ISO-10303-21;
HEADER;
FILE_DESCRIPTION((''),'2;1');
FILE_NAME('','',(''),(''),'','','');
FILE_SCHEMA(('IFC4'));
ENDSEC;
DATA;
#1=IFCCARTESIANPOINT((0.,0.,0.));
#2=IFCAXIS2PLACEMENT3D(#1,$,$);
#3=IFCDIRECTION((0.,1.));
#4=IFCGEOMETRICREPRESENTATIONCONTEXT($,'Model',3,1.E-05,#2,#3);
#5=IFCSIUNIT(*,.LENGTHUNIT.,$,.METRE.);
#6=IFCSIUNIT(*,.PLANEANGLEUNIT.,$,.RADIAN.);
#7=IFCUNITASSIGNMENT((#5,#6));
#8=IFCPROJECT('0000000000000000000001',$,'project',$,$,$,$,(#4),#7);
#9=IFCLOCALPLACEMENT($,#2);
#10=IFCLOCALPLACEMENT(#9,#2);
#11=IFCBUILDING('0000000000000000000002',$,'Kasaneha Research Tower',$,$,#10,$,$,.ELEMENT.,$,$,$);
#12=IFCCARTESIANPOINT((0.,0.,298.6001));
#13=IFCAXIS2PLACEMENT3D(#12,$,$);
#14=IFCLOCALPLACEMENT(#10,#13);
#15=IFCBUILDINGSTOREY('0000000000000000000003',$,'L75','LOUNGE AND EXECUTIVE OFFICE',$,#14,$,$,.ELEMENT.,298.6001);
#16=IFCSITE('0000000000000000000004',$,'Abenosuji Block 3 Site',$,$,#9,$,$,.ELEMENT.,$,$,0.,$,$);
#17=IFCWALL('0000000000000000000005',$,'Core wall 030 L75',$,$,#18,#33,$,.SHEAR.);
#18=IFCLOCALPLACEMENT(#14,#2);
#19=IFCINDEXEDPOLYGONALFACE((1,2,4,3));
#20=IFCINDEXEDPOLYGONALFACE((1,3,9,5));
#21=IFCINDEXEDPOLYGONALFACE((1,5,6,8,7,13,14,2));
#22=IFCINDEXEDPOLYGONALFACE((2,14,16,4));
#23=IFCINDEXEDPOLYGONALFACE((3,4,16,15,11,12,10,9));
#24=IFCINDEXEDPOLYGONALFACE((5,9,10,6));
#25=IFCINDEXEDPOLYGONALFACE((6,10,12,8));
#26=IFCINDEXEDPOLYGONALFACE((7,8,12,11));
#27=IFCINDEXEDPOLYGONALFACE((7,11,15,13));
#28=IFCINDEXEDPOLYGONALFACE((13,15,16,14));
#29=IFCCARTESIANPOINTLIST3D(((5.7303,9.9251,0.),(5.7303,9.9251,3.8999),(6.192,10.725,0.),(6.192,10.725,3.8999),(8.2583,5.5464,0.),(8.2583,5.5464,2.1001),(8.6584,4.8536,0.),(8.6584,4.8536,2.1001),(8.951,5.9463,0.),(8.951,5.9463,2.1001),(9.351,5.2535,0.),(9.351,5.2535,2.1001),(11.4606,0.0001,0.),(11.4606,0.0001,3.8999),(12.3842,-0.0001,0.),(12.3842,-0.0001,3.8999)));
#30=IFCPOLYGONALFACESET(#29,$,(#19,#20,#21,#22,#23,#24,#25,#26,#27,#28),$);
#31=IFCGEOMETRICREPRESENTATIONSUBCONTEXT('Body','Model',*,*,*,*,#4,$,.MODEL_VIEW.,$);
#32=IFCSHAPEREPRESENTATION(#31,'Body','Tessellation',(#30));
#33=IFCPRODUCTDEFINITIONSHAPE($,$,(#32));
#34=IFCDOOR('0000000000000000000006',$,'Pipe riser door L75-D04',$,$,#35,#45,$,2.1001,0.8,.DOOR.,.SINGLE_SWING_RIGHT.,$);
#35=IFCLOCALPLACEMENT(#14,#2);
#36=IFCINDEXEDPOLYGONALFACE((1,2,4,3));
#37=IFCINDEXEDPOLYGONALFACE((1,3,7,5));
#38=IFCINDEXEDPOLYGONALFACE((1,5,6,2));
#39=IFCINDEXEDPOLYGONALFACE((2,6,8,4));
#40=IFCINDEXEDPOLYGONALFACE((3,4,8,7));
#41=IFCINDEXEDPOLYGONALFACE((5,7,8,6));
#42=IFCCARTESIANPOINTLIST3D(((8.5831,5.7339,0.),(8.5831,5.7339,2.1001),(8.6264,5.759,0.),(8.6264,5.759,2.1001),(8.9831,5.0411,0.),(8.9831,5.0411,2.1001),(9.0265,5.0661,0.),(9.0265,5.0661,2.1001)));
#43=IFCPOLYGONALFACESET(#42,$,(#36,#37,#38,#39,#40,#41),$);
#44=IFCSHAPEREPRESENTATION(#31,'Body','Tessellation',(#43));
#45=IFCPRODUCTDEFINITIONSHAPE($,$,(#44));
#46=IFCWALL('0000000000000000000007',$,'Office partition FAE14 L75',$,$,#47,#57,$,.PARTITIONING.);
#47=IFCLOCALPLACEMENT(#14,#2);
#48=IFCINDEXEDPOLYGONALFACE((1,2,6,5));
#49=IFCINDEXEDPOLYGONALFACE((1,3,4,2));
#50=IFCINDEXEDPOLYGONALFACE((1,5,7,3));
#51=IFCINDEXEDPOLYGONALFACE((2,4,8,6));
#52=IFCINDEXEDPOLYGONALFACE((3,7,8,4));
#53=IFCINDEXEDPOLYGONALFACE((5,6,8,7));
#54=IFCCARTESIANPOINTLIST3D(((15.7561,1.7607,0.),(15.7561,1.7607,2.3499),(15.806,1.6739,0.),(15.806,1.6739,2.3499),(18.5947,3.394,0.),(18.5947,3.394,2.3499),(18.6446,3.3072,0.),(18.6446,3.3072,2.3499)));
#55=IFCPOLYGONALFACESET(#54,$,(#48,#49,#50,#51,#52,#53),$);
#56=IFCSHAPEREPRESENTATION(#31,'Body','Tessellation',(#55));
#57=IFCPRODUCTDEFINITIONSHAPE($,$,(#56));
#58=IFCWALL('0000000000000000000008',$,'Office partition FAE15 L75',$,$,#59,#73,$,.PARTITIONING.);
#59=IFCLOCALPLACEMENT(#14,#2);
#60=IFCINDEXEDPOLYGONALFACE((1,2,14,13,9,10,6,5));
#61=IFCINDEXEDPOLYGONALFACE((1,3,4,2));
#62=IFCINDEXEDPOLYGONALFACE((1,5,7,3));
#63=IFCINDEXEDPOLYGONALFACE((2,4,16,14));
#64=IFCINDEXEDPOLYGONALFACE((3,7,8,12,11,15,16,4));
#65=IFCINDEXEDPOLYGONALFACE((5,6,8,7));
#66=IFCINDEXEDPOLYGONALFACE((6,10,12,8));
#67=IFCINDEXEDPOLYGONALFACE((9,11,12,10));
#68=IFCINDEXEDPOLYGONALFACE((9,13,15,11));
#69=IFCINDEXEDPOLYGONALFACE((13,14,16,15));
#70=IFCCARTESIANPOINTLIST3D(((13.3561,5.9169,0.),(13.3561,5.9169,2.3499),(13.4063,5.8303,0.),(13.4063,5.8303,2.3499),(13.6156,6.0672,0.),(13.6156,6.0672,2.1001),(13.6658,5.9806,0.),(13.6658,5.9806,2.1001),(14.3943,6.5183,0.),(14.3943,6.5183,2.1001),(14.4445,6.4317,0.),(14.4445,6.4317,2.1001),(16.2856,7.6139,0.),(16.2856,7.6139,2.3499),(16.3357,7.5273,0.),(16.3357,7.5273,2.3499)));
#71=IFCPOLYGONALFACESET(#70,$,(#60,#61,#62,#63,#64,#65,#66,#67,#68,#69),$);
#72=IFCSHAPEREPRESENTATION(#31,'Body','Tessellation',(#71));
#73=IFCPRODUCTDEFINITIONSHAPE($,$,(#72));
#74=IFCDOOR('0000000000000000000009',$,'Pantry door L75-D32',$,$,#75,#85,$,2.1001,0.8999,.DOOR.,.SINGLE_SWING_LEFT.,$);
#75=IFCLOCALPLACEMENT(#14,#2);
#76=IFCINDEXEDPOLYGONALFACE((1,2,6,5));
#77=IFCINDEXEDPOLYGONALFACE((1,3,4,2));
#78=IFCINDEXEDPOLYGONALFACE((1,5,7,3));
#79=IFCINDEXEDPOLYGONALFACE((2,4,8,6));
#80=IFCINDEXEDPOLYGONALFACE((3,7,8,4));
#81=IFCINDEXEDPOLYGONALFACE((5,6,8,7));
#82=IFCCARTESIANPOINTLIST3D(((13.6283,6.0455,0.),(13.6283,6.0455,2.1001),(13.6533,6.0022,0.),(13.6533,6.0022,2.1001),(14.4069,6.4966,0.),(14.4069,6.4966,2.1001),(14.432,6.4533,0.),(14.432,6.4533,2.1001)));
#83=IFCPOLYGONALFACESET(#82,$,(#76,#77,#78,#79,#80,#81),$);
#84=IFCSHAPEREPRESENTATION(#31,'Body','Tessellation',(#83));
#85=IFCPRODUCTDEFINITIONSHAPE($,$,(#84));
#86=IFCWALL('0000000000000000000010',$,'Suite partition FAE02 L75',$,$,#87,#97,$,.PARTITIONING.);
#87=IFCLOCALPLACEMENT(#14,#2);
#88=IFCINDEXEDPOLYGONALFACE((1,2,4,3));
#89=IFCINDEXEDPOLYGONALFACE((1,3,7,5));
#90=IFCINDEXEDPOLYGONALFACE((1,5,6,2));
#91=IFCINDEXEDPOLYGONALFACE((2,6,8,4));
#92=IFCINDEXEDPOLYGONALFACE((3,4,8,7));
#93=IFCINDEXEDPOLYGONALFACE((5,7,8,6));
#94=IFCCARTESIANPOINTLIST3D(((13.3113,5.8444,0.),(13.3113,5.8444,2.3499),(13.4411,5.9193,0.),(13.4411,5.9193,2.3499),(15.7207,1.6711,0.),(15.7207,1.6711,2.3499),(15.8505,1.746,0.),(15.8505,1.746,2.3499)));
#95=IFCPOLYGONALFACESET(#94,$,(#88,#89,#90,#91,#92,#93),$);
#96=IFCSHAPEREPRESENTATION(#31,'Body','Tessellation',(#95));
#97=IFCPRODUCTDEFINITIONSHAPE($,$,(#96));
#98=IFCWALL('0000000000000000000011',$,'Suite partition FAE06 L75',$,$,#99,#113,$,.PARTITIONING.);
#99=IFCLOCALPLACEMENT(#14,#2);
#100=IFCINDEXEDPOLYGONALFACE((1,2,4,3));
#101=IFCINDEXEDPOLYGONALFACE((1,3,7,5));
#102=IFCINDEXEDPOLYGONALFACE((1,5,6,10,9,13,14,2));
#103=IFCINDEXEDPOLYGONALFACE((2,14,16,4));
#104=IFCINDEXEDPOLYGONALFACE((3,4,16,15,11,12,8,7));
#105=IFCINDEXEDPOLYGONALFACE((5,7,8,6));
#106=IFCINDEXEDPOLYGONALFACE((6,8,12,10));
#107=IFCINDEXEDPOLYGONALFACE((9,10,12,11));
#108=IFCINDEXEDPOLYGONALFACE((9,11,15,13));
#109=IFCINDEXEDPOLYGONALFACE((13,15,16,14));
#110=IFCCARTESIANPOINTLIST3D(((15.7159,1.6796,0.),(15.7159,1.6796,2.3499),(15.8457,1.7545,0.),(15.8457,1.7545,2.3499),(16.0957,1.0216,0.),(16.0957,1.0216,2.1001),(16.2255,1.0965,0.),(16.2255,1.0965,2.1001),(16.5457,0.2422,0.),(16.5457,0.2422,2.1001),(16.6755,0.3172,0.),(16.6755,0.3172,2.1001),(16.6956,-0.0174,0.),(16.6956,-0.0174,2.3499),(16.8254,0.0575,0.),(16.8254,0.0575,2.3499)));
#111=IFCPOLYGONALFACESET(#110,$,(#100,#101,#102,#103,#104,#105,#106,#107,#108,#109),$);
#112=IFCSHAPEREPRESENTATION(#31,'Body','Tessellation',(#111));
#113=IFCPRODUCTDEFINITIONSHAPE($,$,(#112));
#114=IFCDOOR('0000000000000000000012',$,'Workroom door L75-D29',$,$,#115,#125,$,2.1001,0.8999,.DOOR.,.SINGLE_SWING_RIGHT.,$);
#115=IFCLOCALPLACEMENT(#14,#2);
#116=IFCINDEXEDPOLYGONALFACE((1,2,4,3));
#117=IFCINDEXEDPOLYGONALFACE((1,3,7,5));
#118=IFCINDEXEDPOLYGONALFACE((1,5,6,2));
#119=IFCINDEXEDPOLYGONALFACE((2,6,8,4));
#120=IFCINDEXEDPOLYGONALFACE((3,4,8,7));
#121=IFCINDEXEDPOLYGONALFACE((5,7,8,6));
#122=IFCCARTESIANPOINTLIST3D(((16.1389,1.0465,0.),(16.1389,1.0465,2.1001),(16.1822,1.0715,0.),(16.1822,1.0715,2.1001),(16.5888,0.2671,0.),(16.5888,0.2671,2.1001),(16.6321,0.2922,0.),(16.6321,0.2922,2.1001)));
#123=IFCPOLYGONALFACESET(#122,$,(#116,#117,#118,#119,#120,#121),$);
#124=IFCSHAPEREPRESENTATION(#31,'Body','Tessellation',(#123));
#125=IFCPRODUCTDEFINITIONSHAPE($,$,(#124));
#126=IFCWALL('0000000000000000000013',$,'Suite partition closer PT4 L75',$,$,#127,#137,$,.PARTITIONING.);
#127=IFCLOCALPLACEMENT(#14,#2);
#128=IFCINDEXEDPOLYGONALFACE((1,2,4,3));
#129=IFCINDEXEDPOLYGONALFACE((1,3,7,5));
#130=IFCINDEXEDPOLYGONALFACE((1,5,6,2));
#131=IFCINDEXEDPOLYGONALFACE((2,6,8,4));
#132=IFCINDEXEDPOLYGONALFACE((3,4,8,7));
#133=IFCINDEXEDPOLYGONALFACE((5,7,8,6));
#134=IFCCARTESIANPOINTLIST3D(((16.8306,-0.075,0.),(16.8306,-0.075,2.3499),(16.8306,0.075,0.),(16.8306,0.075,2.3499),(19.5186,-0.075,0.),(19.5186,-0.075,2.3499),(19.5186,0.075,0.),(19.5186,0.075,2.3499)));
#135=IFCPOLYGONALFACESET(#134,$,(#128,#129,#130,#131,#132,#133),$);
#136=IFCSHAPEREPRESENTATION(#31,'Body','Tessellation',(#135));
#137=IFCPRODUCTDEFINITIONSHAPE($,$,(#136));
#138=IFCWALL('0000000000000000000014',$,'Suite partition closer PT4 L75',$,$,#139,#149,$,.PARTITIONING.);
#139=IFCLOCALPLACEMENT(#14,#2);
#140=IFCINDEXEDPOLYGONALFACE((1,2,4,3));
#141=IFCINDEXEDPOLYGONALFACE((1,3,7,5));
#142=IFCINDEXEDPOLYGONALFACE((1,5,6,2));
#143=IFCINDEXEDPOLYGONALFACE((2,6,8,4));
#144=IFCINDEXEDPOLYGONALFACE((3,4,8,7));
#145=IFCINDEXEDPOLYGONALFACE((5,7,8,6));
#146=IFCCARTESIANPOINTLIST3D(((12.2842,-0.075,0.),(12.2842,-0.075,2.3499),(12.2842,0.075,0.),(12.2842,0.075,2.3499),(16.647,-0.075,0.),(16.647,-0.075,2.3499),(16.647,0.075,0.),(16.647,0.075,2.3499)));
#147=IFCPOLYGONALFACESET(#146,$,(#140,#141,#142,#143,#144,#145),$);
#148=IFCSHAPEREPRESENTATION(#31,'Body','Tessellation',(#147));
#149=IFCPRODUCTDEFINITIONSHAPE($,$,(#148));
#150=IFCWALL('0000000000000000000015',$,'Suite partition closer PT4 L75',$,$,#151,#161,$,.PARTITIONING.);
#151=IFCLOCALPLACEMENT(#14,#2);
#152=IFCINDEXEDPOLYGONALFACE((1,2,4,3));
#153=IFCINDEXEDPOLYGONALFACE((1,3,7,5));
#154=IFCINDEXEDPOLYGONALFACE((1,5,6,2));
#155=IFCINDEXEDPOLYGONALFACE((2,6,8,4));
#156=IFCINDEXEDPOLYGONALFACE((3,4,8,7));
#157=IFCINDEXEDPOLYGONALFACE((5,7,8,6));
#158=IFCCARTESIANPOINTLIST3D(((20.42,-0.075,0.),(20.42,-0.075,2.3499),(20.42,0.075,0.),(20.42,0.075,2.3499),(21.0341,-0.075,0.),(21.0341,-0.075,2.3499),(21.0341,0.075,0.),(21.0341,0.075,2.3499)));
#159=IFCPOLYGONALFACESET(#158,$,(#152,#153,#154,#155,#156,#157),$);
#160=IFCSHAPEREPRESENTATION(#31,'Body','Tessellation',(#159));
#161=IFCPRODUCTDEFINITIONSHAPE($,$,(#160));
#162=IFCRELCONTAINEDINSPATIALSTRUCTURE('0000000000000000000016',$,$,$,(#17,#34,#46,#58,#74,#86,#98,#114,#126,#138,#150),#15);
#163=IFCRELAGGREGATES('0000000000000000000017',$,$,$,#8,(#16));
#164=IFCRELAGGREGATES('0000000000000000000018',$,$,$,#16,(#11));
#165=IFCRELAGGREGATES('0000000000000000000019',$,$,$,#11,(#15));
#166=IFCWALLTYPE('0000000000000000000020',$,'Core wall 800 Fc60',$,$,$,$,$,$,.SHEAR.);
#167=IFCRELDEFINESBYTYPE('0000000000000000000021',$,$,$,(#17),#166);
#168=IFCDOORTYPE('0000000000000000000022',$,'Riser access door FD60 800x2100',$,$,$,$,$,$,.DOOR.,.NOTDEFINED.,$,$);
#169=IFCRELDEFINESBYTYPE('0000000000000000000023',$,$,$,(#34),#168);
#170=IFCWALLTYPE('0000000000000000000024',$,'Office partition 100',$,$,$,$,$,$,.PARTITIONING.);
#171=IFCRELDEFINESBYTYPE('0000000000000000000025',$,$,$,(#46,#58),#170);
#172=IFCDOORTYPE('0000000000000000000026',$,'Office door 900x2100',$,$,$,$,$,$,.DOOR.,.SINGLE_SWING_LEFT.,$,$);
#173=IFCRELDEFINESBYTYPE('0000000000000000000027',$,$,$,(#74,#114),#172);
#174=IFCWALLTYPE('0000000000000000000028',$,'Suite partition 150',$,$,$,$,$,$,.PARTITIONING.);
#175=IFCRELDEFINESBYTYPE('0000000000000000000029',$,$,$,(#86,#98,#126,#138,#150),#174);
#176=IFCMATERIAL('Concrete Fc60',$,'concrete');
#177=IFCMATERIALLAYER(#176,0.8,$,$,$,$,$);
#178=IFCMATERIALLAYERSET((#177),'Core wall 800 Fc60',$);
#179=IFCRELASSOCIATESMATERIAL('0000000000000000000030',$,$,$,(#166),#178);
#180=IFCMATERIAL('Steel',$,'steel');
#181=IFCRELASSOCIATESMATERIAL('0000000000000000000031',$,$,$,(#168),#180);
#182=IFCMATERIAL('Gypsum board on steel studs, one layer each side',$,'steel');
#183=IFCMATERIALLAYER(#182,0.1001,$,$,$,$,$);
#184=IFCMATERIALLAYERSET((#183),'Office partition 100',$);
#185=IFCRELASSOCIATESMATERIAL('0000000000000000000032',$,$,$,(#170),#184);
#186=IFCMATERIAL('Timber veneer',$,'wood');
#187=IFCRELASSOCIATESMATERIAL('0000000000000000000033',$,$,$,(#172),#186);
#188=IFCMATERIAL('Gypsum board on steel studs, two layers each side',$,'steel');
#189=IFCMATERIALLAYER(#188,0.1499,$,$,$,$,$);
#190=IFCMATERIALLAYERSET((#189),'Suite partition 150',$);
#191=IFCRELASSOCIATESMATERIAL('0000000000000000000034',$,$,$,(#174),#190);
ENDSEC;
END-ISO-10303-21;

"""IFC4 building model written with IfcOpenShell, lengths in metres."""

from ifc_helpers import new_model, si_unit, direction, frame, frame_2d, origin, place, context, subcontext, project, spatial, polyline, rectangle, outline, extrude, material, layer, layer_set, type_object, element, fill, save


model = new_model("IFC4")

# Units and contexts
model_context = context("Model", 3, precision=1e-05, world=origin(), true_north=direction((0.0, 1.0)))
body_context = subcontext(model_context, "Body", "Model", "MODEL_VIEW")
ifc_project = project(units=[si_unit("LENGTHUNIT", "METRE"), si_unit("PLANEANGLEUNIT", "RADIAN")], contexts=[model_context])

# Site, building, storey
site_placement = place(None, origin())
site = spatial("IfcSite", under=ifc_project, at=site_placement, Name="Abenosuji Block 3 Site", CompositionType="ELEMENT", RefElevation=0.0)
building_placement = place(site_placement, origin())
building = spatial("IfcBuilding", under=site, at=building_placement, Name="Kasaneha Research Tower", CompositionType="ELEMENT")
storey_placement = place(building_placement, frame((0.0, 0.0, 298.6001)))
storey = spatial("IfcBuildingStorey", under=building, at=storey_placement, Name="L75", Description="LOUNGE AND EXECUTIVE OFFICE", CompositionType="ELEMENT", Elevation=298.6001)

# Wall, opening, door
ifc_material_1 = material(Name="Concrete Fc60", Category="concrete")
ifc_layer_1 = layer(ifc_material_1, 0.8)
ifc_layer_set_1 = layer_set([ifc_layer_1], Name="Core wall 800 Fc60")
wall_type_1 = type_object("IfcWallType", Name="Core wall 800 Fc60", PredefinedType="SHEAR", material=ifc_layer_set_1)
wall_1_placement = place(storey_placement, frame((11.9224, 0.0, 0.0), z_axis=(0.0, 0.0, 1.0), x_axis=(-0.500004, 0.866023, 0.0)))
wall_1 = element("IfcWall", 1, at=wall_1_placement, inside=storey, type_object=wall_type_1, Name="Core wall 030 L75", PredefinedType="SHEAR", context=body_context, shape_type="SweptSolid", body=[
    extrude(outline(polyline([(-0.231, -0.3999), (5.8354, -0.3999), (6.6355, -0.3999), (12.1533, -0.3999), (11.6914, 0.3999), (6.6355, 0.3999), (5.8354, 0.3999), (0.231, 0.3999), (-0.231, -0.3999)])), origin(), (0.0, 0.0, 1.0), 3.8999),
])
opening_1_placement = place(wall_1_placement, frame((5.8354, 0.0, 0.0)))
opening_1 = element("IfcOpeningElement", 2, at=opening_1_placement, cuts=wall_1, PredefinedType="OPENING", context=body_context, shape_type="SweptSolid", body=[
    extrude(rectangle(XDim=0.8, YDim=2.1001, at=frame_2d((0.3999, 1.05))), frame((0.0, 0.4102, 0.0), z_axis=(0.0, -1.0, 0.0), x_axis=(1.0, 0.0, 0.0)), (0.0, 0.0, 1.0), 0.8201),
])
ifc_material_2 = material(Name="Steel", Category="steel")
door_type_1 = type_object("IfcDoorType", Name="Riser access door FD60 800x2100", OperationType="NOTDEFINED", PredefinedType="DOOR", material=ifc_material_2)
door_1_placement = place(opening_1_placement, origin())
door_1 = element("IfcDoor", 3, at=door_1_placement, inside=storey, type_object=door_type_1, Name="Pipe riser door L75-D04", OperationType="SINGLE_SWING_RIGHT", OverallHeight=2.1001, OverallWidth=0.8, PredefinedType="DOOR", context=body_context, shape_type="SweptSolid", body=[
    extrude(rectangle(XDim=0.8, YDim=2.1001, at=frame_2d((0.3999, 1.05))), frame((0.0, 0.0249, 0.0), z_axis=(0.0, -1.0, 0.0), x_axis=(1.0, 0.0, 0.0)), (0.0, 0.0, 1.0), 0.05),
])
fill(opening_1, door_1)

# Wall
ifc_material_3 = material(Name="Gypsum board on steel studs, one layer each side", Category="steel")
ifc_layer_2 = layer(ifc_material_3, 0.1001)
ifc_layer_set_2 = layer_set([ifc_layer_2], Name="Office partition 100")
wall_type_2 = type_object("IfcWallType", Name="Office partition 100", PredefinedType="PARTITIONING", material=ifc_layer_set_2)
wall_2_placement = place(storey_placement, frame((18.6196, 3.3506, 0.0), z_axis=(0.0, 0.0, 1.0), x_axis=(-0.866762, -0.498722, 0.0)))
element("IfcWall", 4, at=wall_2_placement, inside=storey, type_object=wall_type_2, Name="Office partition FAE14 L75", PredefinedType="PARTITIONING", context=body_context, shape_type="SweptSolid", body=[
    extrude(rectangle(XDim=3.2749, YDim=0.1001, at=frame_2d((1.6375, 0.0))), origin(), (0.0, 0.0, 1.0), 2.3499),
])

# Wall, opening, door
wall_3_placement = place(storey_placement, frame((13.3811, 5.8735, 0.0), z_axis=(0.0, 0.0, 1.0), x_axis=(0.865295, 0.501264, 0.0)))
wall_3 = element("IfcWall", 5, at=wall_3_placement, inside=storey, type_object=wall_type_2, Name="Office partition FAE15 L75", PredefinedType="PARTITIONING", context=body_context, shape_type="SweptSolid", body=[
    extrude(rectangle(XDim=3.3855, YDim=0.1001, at=frame_2d((1.6929, 0.0))), origin(), (0.0, 0.0, 1.0), 2.3499),
])
opening_2_placement = place(wall_3_placement, frame((0.3, 0.0, 0.0)))
opening_2 = element("IfcOpeningElement", 6, at=opening_2_placement, cuts=wall_3, PredefinedType="OPENING", context=body_context, shape_type="SweptSolid", body=[
    extrude(rectangle(XDim=0.8999, YDim=2.1001, at=frame_2d((0.45, 1.05))), frame((0.0, 0.0601, 0.0), z_axis=(0.0, -1.0, 0.0), x_axis=(1.0, 0.0, 0.0)), (0.0, 0.0, 1.0), 0.1201),
])
ifc_material_4 = material(Name="Timber veneer", Category="wood")
door_type_2 = type_object("IfcDoorType", Name="Office door 900x2100", OperationType="SINGLE_SWING_LEFT", PredefinedType="DOOR", material=ifc_material_4)
door_2_placement = place(opening_2_placement, origin())
door_2 = element("IfcDoor", 7, at=door_2_placement, inside=storey, type_object=door_type_2, Name="Pantry door L75-D32", OperationType="SINGLE_SWING_LEFT", OverallHeight=2.1001, OverallWidth=0.8999, PredefinedType="DOOR", context=body_context, shape_type="SweptSolid", body=[
    extrude(rectangle(XDim=0.8999, YDim=2.1001, at=frame_2d((0.45, 1.05))), frame((0.0, 0.0249, 0.0), z_axis=(0.0, -1.0, 0.0), x_axis=(1.0, 0.0, 0.0)), (0.0, 0.0, 1.0), 0.05),
])
fill(opening_2, door_2)

# Wall
ifc_material_5 = material(Name="Gypsum board on steel studs, two layers each side", Category="steel")
ifc_layer_3 = layer(ifc_material_5, 0.1499)
ifc_layer_set_3 = layer_set([ifc_layer_3], Name="Suite partition 150")
wall_type_3 = type_object("IfcWallType", Name="Suite partition 150", PredefinedType="PARTITIONING", material=ifc_layer_set_3)
wall_4_placement = place(storey_placement, frame((13.3762, 5.8818, 0.0), z_axis=(0.0, 0.0, 1.0), x_axis=(0.499991, -0.86603, 0.0)))
element("IfcWall", 8, at=wall_4_placement, inside=storey, type_object=wall_type_3, Name="Suite partition FAE02 L75", PredefinedType="PARTITIONING", context=body_context, shape_type="SweptSolid", body=[
    extrude(rectangle(XDim=4.8188, YDim=0.1499, at=frame_2d((2.4094, 0.0))), origin(), (0.0, 0.0, 1.0), 2.3499),
])

# Wall, opening, door
wall_5_placement = place(storey_placement, frame((15.7808, 1.717, 0.0), z_axis=(0.0, 0.0, 1.0), x_axis=(0.499985, -0.866034, 0.0)))
wall_5 = element("IfcWall", 9, at=wall_5_placement, inside=storey, type_object=wall_type_3, Name="Suite partition FAE06 L75", PredefinedType="PARTITIONING", context=body_context, shape_type="SweptSolid", body=[
    extrude(rectangle(XDim=1.9595, YDim=0.1499, at=frame_2d((0.9797, 0.0))), origin(), (0.0, 0.0, 1.0), 2.3499),
])
opening_3_placement = place(wall_5_placement, frame((0.7598, 0.0, 0.0)))
opening_3 = element("IfcOpeningElement", 10, at=opening_3_placement, cuts=wall_5, PredefinedType="OPENING", context=body_context, shape_type="SweptSolid", body=[
    extrude(rectangle(XDim=0.8999, YDim=2.1001, at=frame_2d((0.45, 1.05))), frame((0.0, 0.085, 0.0), z_axis=(0.0, -1.0, 0.0), x_axis=(1.0, 0.0, 0.0)), (0.0, 0.0, 1.0), 0.1699),
])
door_3_placement = place(opening_3_placement, origin())
door_3 = element("IfcDoor", 11, at=door_3_placement, inside=storey, type_object=door_type_2, Name="Workroom door L75-D29", OperationType="SINGLE_SWING_RIGHT", OverallHeight=2.1001, OverallWidth=0.8999, PredefinedType="DOOR", context=body_context, shape_type="SweptSolid", body=[
    extrude(rectangle(XDim=0.8999, YDim=2.1001, at=frame_2d((0.45, 1.05))), frame((0.0, 0.0249, 0.0), z_axis=(0.0, -1.0, 0.0), x_axis=(1.0, 0.0, 0.0)), (0.0, 0.0, 1.0), 0.05),
])
fill(opening_3, door_3)

# Walls
wall_6_placement = place(storey_placement, frame((19.5186, 0.0, 0.0), z_axis=(0.0, 0.0, 1.0), x_axis=(-1.0, 0.0, 0.0)))
element("IfcWall", 12, at=wall_6_placement, inside=storey, type_object=wall_type_3, Name="Suite partition closer PT4 L75", PredefinedType="PARTITIONING", context=body_context, shape_type="SweptSolid", body=[
    extrude(rectangle(XDim=2.688, YDim=0.1499, at=frame_2d((1.344, 0.0))), origin(), (0.0, 0.0, 1.0), 2.3499),
])
wall_7_placement = place(storey_placement, frame((12.2842, 0.0, 0.0), z_axis=(0.0, 0.0, 1.0), x_axis=(1.0, 0.0, 0.0)))
element("IfcWall", 13, at=wall_7_placement, inside=storey, type_object=wall_type_3, Name="Suite partition closer PT4 L75", PredefinedType="PARTITIONING", context=body_context, shape_type="SweptSolid", body=[
    extrude(rectangle(XDim=4.3628, YDim=0.1499, at=frame_2d((2.1814, 0.0))), origin(), (0.0, 0.0, 1.0), 2.3499),
])
wall_8_placement = place(storey_placement, frame((20.4199, 0.0, 0.0), z_axis=(0.0, 0.0, 1.0), x_axis=(1.0, 0.0, 0.0)))
element("IfcWall", 14, at=wall_8_placement, inside=storey, type_object=wall_type_3, Name="Suite partition closer PT4 L75", PredefinedType="PARTITIONING", context=body_context, shape_type="SweptSolid", body=[
    extrude(rectangle(XDim=0.614, YDim=0.1499, at=frame_2d((0.3071, 0.0))), origin(), (0.0, 0.0, 1.0), 2.3499),
])

save(model, "model.ifc")
